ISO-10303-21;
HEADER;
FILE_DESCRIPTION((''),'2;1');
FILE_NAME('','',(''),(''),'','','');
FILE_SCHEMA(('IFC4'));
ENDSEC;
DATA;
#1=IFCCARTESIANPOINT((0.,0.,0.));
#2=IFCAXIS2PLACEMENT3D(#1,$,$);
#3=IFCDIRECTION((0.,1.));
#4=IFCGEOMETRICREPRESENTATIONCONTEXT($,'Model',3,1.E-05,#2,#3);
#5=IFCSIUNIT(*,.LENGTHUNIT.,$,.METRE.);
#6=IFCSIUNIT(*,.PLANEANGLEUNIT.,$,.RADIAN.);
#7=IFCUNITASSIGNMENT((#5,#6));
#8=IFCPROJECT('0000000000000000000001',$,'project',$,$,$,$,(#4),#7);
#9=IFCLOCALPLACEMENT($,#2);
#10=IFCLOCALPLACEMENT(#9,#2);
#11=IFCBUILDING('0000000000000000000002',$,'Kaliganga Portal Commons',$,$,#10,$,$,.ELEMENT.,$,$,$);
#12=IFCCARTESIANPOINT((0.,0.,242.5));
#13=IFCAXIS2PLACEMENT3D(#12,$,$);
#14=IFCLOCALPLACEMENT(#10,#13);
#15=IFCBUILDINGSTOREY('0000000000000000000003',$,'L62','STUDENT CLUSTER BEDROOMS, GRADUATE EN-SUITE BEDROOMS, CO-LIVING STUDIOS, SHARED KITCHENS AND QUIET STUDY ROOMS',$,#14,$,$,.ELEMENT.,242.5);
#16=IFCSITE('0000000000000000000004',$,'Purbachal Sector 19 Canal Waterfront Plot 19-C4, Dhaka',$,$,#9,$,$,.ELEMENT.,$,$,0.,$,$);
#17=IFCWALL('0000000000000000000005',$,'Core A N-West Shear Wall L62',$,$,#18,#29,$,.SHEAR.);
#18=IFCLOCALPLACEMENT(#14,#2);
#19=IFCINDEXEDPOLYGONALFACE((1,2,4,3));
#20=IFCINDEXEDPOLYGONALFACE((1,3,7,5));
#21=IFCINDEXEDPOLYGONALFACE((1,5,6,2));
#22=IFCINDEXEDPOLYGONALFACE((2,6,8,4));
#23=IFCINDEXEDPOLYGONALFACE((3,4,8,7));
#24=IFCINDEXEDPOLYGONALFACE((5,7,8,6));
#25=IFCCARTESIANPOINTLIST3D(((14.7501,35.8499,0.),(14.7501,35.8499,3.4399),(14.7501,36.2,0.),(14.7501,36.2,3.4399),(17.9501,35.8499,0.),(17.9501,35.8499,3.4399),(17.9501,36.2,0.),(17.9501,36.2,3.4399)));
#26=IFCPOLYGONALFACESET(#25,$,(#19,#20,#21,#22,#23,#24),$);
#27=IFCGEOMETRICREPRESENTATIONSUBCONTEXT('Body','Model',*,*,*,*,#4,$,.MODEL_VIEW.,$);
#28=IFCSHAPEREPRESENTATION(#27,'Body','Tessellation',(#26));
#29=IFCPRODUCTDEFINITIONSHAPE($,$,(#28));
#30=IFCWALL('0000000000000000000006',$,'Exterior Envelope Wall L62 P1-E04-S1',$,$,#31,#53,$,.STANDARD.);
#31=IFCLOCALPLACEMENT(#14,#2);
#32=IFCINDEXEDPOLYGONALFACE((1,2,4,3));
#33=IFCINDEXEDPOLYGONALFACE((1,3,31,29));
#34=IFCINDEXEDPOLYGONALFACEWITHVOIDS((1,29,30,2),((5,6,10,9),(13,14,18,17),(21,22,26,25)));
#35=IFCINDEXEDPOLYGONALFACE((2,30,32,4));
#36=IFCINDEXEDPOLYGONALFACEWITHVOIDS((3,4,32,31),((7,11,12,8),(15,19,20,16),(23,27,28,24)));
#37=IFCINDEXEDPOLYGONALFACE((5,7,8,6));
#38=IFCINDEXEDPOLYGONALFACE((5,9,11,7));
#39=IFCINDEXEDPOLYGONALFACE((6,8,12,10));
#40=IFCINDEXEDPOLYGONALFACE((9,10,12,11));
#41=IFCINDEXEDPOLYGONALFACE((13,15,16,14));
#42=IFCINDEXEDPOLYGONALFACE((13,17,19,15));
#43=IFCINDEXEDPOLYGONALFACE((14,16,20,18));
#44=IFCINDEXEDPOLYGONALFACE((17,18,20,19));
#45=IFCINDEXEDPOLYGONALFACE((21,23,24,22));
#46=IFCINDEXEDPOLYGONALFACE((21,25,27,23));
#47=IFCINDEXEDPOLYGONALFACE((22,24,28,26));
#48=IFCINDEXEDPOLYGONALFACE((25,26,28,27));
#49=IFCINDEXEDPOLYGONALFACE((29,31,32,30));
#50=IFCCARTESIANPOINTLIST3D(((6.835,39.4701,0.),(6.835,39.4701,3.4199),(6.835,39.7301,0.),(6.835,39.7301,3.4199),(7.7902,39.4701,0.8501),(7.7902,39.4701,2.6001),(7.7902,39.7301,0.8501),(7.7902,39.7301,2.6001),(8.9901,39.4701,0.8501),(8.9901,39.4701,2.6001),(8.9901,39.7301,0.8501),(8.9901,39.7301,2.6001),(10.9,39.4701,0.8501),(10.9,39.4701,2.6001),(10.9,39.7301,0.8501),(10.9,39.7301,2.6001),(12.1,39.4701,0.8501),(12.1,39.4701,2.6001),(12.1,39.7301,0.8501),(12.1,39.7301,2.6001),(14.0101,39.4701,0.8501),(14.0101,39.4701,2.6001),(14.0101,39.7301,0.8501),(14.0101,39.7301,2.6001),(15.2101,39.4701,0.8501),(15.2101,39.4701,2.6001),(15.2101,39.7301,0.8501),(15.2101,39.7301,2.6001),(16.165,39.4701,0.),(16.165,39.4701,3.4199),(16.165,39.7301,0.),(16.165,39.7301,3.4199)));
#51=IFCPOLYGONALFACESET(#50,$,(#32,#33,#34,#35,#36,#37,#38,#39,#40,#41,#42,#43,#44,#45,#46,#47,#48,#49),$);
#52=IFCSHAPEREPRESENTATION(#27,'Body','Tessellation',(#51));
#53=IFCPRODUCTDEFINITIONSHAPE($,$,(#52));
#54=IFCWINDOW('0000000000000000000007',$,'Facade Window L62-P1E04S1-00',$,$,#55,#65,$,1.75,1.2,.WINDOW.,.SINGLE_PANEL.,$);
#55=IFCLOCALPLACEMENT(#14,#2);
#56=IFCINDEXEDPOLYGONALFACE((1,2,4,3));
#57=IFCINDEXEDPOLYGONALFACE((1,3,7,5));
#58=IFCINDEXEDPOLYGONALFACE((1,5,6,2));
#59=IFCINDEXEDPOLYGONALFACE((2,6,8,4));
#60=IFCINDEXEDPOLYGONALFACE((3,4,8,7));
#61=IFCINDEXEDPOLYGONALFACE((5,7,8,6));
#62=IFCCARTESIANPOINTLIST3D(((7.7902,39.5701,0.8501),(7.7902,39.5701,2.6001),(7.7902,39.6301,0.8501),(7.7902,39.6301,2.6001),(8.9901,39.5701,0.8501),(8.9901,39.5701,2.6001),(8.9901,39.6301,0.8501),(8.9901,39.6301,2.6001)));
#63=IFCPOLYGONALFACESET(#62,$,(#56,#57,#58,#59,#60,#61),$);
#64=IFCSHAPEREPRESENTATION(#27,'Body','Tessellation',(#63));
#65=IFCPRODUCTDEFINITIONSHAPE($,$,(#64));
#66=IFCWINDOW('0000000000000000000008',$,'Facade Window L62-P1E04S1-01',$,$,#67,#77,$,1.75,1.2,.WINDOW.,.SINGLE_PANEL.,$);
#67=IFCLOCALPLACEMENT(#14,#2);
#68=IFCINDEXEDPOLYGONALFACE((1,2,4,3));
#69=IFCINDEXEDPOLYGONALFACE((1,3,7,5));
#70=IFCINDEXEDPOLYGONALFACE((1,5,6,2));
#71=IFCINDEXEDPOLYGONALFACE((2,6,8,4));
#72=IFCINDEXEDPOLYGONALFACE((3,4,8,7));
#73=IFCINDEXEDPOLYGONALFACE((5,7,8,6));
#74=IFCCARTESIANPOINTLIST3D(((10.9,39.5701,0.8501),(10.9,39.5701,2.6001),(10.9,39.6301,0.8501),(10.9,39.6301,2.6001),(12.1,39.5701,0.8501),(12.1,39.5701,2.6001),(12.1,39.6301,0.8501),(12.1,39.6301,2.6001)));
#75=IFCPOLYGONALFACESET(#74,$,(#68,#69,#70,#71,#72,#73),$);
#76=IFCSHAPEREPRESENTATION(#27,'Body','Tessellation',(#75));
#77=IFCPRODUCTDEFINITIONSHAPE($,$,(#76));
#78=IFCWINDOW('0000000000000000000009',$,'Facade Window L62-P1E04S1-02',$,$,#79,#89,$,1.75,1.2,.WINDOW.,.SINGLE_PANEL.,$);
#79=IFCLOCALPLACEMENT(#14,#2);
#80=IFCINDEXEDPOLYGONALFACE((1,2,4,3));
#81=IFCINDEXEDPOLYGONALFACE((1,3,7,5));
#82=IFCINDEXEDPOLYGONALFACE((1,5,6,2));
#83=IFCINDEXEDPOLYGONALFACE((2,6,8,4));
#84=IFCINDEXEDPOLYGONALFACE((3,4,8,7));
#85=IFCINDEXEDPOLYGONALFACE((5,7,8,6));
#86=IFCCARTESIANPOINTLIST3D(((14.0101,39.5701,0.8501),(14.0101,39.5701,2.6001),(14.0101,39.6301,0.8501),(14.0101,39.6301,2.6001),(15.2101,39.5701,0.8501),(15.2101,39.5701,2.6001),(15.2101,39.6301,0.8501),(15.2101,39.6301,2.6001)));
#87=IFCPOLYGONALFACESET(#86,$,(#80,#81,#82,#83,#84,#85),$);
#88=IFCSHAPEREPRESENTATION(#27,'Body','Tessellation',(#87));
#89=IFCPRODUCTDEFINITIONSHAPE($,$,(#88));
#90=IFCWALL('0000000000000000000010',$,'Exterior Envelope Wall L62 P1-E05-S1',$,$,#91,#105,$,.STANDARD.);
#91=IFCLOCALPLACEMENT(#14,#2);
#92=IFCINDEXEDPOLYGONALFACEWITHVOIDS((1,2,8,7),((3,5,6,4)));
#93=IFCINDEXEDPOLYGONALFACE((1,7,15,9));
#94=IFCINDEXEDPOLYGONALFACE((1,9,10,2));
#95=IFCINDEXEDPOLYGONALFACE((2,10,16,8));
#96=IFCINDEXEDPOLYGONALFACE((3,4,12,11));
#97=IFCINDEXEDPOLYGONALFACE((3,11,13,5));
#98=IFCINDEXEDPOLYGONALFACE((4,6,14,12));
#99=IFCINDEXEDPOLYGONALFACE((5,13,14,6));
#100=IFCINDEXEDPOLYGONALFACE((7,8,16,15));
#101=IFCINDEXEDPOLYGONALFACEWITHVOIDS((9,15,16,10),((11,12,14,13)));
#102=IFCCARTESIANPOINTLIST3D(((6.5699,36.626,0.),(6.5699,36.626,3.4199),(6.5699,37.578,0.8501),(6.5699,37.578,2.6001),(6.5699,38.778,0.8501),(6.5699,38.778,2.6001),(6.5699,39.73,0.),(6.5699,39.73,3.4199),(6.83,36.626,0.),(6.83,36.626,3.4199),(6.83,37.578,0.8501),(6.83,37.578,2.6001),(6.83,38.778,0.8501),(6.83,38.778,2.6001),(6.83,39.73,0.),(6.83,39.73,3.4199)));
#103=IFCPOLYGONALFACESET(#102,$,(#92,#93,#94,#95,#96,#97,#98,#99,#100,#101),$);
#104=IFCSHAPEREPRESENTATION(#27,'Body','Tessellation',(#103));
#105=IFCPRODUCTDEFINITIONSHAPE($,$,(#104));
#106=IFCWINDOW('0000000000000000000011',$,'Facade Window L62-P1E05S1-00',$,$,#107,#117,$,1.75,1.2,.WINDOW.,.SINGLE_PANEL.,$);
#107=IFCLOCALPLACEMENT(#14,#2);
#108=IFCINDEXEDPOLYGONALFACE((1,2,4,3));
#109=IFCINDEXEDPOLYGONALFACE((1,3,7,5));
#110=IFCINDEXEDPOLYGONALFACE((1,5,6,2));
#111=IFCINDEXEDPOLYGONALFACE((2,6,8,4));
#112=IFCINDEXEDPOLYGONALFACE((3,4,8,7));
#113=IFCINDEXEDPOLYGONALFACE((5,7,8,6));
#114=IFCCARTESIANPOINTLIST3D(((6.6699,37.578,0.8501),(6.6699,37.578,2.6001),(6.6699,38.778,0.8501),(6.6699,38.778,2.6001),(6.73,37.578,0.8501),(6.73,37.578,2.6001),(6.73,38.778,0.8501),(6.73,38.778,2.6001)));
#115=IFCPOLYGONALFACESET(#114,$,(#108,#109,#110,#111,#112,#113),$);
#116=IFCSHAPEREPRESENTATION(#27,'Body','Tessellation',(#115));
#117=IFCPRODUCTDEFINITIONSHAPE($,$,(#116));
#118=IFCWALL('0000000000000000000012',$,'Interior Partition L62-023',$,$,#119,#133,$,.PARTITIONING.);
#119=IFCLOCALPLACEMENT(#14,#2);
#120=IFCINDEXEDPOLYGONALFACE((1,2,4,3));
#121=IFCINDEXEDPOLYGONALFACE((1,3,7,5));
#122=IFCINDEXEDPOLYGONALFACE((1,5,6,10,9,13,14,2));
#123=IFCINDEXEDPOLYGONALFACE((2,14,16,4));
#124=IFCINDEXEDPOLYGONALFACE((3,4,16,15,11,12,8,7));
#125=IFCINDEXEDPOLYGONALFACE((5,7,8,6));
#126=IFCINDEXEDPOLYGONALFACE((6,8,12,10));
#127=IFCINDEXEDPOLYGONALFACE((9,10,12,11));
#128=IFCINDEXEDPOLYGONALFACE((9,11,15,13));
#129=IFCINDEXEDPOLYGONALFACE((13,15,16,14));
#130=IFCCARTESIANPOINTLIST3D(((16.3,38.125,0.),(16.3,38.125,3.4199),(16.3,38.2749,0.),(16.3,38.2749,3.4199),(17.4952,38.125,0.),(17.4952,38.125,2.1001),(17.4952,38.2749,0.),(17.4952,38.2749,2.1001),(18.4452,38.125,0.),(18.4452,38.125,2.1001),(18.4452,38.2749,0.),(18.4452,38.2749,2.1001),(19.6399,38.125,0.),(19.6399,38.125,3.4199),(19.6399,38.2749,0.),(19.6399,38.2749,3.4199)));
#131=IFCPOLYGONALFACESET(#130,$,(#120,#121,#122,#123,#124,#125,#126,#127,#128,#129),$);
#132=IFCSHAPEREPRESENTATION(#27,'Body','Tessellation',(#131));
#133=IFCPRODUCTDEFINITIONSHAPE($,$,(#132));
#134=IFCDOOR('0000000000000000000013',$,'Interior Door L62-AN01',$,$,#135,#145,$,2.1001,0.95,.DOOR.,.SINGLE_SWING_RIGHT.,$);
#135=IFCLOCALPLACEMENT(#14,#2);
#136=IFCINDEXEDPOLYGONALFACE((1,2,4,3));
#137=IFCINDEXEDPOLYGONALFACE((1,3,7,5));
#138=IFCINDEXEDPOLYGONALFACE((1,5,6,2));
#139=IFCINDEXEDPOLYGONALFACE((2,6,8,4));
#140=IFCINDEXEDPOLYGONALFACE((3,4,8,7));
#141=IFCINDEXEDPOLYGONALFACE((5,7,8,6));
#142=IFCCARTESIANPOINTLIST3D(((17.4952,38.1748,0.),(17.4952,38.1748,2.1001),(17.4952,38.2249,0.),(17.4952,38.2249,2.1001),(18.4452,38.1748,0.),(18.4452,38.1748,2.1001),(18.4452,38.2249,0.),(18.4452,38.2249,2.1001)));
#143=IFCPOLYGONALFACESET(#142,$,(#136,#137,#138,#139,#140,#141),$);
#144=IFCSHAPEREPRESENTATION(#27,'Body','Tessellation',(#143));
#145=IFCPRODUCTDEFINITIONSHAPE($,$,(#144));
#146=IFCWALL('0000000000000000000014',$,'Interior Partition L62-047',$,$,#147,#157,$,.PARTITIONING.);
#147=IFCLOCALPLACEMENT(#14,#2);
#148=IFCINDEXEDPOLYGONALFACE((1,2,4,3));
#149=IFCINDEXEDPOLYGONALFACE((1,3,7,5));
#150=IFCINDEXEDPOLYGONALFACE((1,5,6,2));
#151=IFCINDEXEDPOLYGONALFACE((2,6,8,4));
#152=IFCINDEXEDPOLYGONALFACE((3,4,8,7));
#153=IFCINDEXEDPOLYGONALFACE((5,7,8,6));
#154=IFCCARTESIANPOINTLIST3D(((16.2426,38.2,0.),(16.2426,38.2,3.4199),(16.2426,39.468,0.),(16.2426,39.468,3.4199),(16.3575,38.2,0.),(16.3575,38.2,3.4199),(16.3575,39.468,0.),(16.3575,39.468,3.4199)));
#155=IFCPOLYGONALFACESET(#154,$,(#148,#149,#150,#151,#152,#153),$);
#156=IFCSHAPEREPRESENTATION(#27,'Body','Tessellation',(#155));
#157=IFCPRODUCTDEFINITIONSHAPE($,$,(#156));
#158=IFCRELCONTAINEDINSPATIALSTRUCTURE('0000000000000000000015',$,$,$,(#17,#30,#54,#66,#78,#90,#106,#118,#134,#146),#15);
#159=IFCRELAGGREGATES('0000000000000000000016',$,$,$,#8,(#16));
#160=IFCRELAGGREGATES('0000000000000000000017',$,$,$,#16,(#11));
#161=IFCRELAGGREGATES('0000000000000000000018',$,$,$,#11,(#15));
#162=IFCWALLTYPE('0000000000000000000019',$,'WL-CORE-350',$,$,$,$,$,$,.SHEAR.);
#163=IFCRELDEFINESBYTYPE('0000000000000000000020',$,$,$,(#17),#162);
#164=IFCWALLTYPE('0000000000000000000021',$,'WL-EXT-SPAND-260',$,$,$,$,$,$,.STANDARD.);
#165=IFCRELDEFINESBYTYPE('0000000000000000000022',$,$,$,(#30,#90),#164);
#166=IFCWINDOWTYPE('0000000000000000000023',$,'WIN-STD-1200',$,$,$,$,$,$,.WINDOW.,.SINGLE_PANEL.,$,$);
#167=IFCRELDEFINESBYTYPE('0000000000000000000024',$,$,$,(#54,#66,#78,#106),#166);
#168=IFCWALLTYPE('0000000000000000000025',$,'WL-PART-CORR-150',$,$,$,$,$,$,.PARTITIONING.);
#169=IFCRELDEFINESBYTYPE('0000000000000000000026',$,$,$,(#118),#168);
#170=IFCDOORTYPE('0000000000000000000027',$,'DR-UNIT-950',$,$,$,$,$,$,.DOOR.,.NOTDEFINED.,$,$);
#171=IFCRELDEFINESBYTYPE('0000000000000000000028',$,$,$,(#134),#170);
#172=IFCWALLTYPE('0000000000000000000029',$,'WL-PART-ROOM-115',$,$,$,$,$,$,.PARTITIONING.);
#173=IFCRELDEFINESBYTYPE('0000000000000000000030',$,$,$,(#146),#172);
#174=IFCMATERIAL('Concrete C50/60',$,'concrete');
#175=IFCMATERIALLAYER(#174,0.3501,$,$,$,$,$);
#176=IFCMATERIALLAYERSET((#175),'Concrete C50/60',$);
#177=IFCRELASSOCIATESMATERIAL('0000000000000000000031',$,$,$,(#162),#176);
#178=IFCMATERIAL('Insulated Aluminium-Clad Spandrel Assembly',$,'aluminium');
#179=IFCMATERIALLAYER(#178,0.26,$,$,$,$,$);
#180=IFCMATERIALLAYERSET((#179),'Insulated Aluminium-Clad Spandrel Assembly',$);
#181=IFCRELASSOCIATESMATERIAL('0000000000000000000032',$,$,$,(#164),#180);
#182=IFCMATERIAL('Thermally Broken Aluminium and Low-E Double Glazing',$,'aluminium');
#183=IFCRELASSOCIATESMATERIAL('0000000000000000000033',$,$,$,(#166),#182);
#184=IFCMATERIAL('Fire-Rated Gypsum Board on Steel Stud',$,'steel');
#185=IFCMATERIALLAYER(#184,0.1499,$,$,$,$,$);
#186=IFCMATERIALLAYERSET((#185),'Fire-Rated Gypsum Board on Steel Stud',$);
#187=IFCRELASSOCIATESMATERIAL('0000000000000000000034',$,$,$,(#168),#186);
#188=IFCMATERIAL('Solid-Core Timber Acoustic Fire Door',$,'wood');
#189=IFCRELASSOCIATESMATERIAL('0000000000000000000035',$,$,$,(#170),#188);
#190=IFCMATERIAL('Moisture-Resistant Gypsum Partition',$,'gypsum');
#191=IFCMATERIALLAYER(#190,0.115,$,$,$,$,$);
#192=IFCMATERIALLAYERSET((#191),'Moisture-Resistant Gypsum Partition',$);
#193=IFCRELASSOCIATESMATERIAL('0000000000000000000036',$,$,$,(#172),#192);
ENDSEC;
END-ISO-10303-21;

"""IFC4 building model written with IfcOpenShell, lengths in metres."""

from ifc_helpers import new_model, si_unit, direction, frame, frame_2d, origin, place, context, subcontext, project, spatial, rectangle, extrude, material, layer, layer_set, type_object, element, fill, save


model = new_model("IFC4")

# Units and contexts
model_context = context("Model", 3, precision=1e-05, world=origin(), true_north=direction((0.0, 1.0)))
body_context = subcontext(model_context, "Body", "Model", "MODEL_VIEW")
ifc_project = project(units=[si_unit("LENGTHUNIT", "METRE"), si_unit("PLANEANGLEUNIT", "RADIAN")], contexts=[model_context])

# Site, building, storey
site_placement = place(None, origin())
site = spatial("IfcSite", under=ifc_project, at=site_placement, Name="Purbachal Sector 19 Canal Waterfront Plot 19-C4, Dhaka", CompositionType="ELEMENT", RefElevation=0.0)
building_placement = place(site_placement, origin())
building = spatial("IfcBuilding", under=site, at=building_placement, Name="Kaliganga Portal Commons", CompositionType="ELEMENT")
storey_placement = place(building_placement, frame((0.0, 0.0, 242.5)))
storey = spatial("IfcBuildingStorey", under=building, at=storey_placement, Name="L62", Description="STUDENT CLUSTER BEDROOMS, GRADUATE EN-SUITE BEDROOMS, CO-LIVING STUDIOS, SHARED KITCHENS AND QUIET STUDY ROOMS", CompositionType="ELEMENT", Elevation=242.5)

# Shared definitions
ifc_material_1 = material(Name="Concrete C50/60", Category="concrete")

# Wall
ifc_layer_1 = layer(ifc_material_1, 0.3501)
ifc_layer_set_1 = layer_set([ifc_layer_1], Name="Concrete C50/60")
wall_type_1 = type_object("IfcWallType", Name="WL-CORE-350", PredefinedType="SHEAR", material=ifc_layer_set_1)
wall_1_placement = place(storey_placement, frame((14.75, 36.0249, 0.0), z_axis=(0.0, 0.0, 1.0), x_axis=(1.0, 0.0, 0.0)))
element("IfcWall", 1, at=wall_1_placement, inside=storey, type_object=wall_type_1, Name="Core A N-West Shear Wall L62", PredefinedType="SHEAR", context=body_context, shape_type="SweptSolid", body=[
    extrude(rectangle(XDim=3.2, YDim=0.3501, at=frame_2d((1.6001, 0.0))), origin(), (0.0, 0.0, 1.0), 3.4399),
])

# Wall, openings, windows
ifc_material_2 = material(Name="Insulated Aluminium-Clad Spandrel Assembly", Category="aluminium")
ifc_layer_2 = layer(ifc_material_2, 0.26)
ifc_layer_set_2 = layer_set([ifc_layer_2], Name="Insulated Aluminium-Clad Spandrel Assembly")
wall_type_2 = type_object("IfcWallType", Name="WL-EXT-SPAND-260", PredefinedType="STANDARD", material=ifc_layer_set_2)
wall_2_placement = place(storey_placement, frame((6.835, 39.6001, 0.0), z_axis=(0.0, 0.0, 1.0), x_axis=(1.0, 0.0, 0.0)))
wall_2 = element("IfcWall", 2, at=wall_2_placement, inside=storey, type_object=wall_type_2, Name="Exterior Envelope Wall L62 P1-E04-S1", PredefinedType="STANDARD", context=body_context, shape_type="SweptSolid", body=[
    extrude(rectangle(XDim=9.3301, YDim=0.26, at=frame_2d((4.665, 0.0))), origin(), (0.0, 0.0, 1.0), 3.4199),
])
opening_1_placement = place(wall_2_placement, frame((0.9551, 0.0, 0.8501)))
opening_1 = element("IfcOpeningElement", 3, at=opening_1_placement, cuts=wall_2, PredefinedType="OPENING", context=body_context, shape_type="SweptSolid", body=[
    extrude(rectangle(XDim=1.2, YDim=1.75, at=frame_2d((0.6001, 0.875))), frame((0.0, 0.1401, 0.0), z_axis=(0.0, -1.0, 0.0), x_axis=(1.0, 0.0, 0.0)), (0.0, 0.0, 1.0), 0.28),
])
opening_2_placement = place(wall_2_placement, frame((4.0649, 0.0, 0.8501)))
opening_2 = element("IfcOpeningElement", 4, at=opening_2_placement, cuts=wall_2, PredefinedType="OPENING", context=body_context, shape_type="SweptSolid", body=[
    extrude(rectangle(XDim=1.2, YDim=1.75, at=frame_2d((0.6001, 0.875))), frame((0.0, 0.1401, 0.0), z_axis=(0.0, -1.0, 0.0), x_axis=(1.0, 0.0, 0.0)), (0.0, 0.0, 1.0), 0.28),
])
opening_3_placement = place(wall_2_placement, frame((7.175, 0.0, 0.8501)))
opening_3 = element("IfcOpeningElement", 5, at=opening_3_placement, cuts=wall_2, PredefinedType="OPENING", context=body_context, shape_type="SweptSolid", body=[
    extrude(rectangle(XDim=1.2, YDim=1.75, at=frame_2d((0.6001, 0.875))), frame((0.0, 0.1401, 0.0), z_axis=(0.0, -1.0, 0.0), x_axis=(1.0, 0.0, 0.0)), (0.0, 0.0, 1.0), 0.28),
])
ifc_material_3 = material(Name="Thermally Broken Aluminium and Low-E Double Glazing", Category="aluminium")
window_type = type_object("IfcWindowType", Name="WIN-STD-1200", PartitioningType="SINGLE_PANEL", PredefinedType="WINDOW", material=ifc_material_3)
window_1_placement = place(opening_1_placement, origin())
window_1 = element("IfcWindow", 6, at=window_1_placement, inside=storey, type_object=window_type, Name="Facade Window L62-P1E04S1-00", OverallHeight=1.75, OverallWidth=1.2, PartitioningType="SINGLE_PANEL", PredefinedType="WINDOW", context=body_context, shape_type="SweptSolid", body=[
    extrude(rectangle(XDim=1.2, YDim=1.75, at=frame_2d((0.6001, 0.875))), frame((0.0, 0.03, 0.0), z_axis=(0.0, -1.0, 0.0), x_axis=(1.0, 0.0, 0.0)), (0.0, 0.0, 1.0), 0.0601),
])
fill(opening_1, window_1)
window_2_placement = place(opening_2_placement, origin())
window_2 = element("IfcWindow", 7, at=window_2_placement, inside=storey, type_object=window_type, Name="Facade Window L62-P1E04S1-01", OverallHeight=1.75, OverallWidth=1.2, PartitioningType="SINGLE_PANEL", PredefinedType="WINDOW", context=body_context, shape_type="SweptSolid", body=[
    extrude(rectangle(XDim=1.2, YDim=1.75, at=frame_2d((0.6001, 0.875))), frame((0.0, 0.03, 0.0), z_axis=(0.0, -1.0, 0.0), x_axis=(1.0, 0.0, 0.0)), (0.0, 0.0, 1.0), 0.0601),
])
fill(opening_2, window_2)
window_3_placement = place(opening_3_placement, origin())
window_3 = element("IfcWindow", 8, at=window_3_placement, inside=storey, type_object=window_type, Name="Facade Window L62-P1E04S1-02", OverallHeight=1.75, OverallWidth=1.2, PartitioningType="SINGLE_PANEL", PredefinedType="WINDOW", context=body_context, shape_type="SweptSolid", body=[
    extrude(rectangle(XDim=1.2, YDim=1.75, at=frame_2d((0.6001, 0.875))), frame((0.0, 0.03, 0.0), z_axis=(0.0, -1.0, 0.0), x_axis=(1.0, 0.0, 0.0)), (0.0, 0.0, 1.0), 0.0601),
])
fill(opening_3, window_3)

# Wall, opening, window
wall_3_placement = place(storey_placement, frame((6.7, 36.626, 0.0), z_axis=(0.0, 0.0, 1.0), x_axis=(0.0, 1.0, 0.0)))
wall_3 = element("IfcWall", 9, at=wall_3_placement, inside=storey, type_object=wall_type_2, Name="Exterior Envelope Wall L62 P1-E05-S1", PredefinedType="STANDARD", context=body_context, shape_type="SweptSolid", body=[
    extrude(rectangle(XDim=3.104, YDim=0.26, at=frame_2d((1.552, 0.0))), origin(), (0.0, 0.0, 1.0), 3.4199),
])
opening_4_placement = place(wall_3_placement, frame((0.9519, 0.0, 0.8501)))
opening_4 = element("IfcOpeningElement", 10, at=opening_4_placement, cuts=wall_3, PredefinedType="OPENING", context=body_context, shape_type="SweptSolid", body=[
    extrude(rectangle(XDim=1.2, YDim=1.75, at=frame_2d((0.6001, 0.875))), frame((0.0, 0.1401, 0.0), z_axis=(0.0, -1.0, 0.0), x_axis=(1.0, 0.0, 0.0)), (0.0, 0.0, 1.0), 0.28),
])
window_4_placement = place(opening_4_placement, origin())
window_4 = element("IfcWindow", 11, at=window_4_placement, inside=storey, type_object=window_type, Name="Facade Window L62-P1E05S1-00", OverallHeight=1.75, OverallWidth=1.2, PartitioningType="SINGLE_PANEL", PredefinedType="WINDOW", context=body_context, shape_type="SweptSolid", body=[
    extrude(rectangle(XDim=1.2, YDim=1.75, at=frame_2d((0.6001, 0.875))), frame((0.0, 0.03, 0.0), z_axis=(0.0, -1.0, 0.0), x_axis=(1.0, 0.0, 0.0)), (0.0, 0.0, 1.0), 0.0601),
])
fill(opening_4, window_4)

# Wall, opening, door
ifc_material_4 = material(Name="Fire-Rated Gypsum Board on Steel Stud", Category="steel")
ifc_layer_3 = layer(ifc_material_4, 0.1499)
ifc_layer_set_3 = layer_set([ifc_layer_3], Name="Fire-Rated Gypsum Board on Steel Stud")
wall_type_3 = type_object("IfcWallType", Name="WL-PART-CORR-150", PredefinedType="PARTITIONING", material=ifc_layer_set_3)
wall_4_placement = place(storey_placement, frame((16.3, 38.2, 0.0), z_axis=(0.0, 0.0, 1.0), x_axis=(1.0, 0.0, 0.0)))
wall_4 = element("IfcWall", 12, at=wall_4_placement, inside=storey, type_object=wall_type_3, Name="Interior Partition L62-023", PredefinedType="PARTITIONING", context=body_context, shape_type="SweptSolid", body=[
    extrude(rectangle(XDim=3.3398, YDim=0.1499, at=frame_2d((1.6699, 0.0))), origin(), (0.0, 0.0, 1.0), 3.4199),
])
opening_5_placement = place(wall_4_placement, frame((1.1951, 0.0, 0.0)))
opening_5 = element("IfcOpeningElement", 13, at=opening_5_placement, cuts=wall_4, PredefinedType="OPENING", context=body_context, shape_type="SweptSolid", body=[
    extrude(rectangle(XDim=0.95, YDim=2.1001, at=frame_2d((0.4751, 1.05))), frame((0.0, 0.085, 0.0), z_axis=(0.0, -1.0, 0.0), x_axis=(1.0, 0.0, 0.0)), (0.0, 0.0, 1.0), 0.1699),
])
ifc_material_5 = material(Name="Solid-Core Timber Acoustic Fire Door", Category="wood")
door_type = type_object("IfcDoorType", Name="DR-UNIT-950", OperationType="NOTDEFINED", PredefinedType="DOOR", material=ifc_material_5)
door_placement = place(opening_5_placement, origin())
door = element("IfcDoor", 14, at=door_placement, inside=storey, type_object=door_type, Name="Interior Door L62-AN01", OperationType="SINGLE_SWING_RIGHT", OverallHeight=2.1001, OverallWidth=0.95, PredefinedType="DOOR", context=body_context, shape_type="SweptSolid", body=[
    extrude(rectangle(XDim=0.95, YDim=2.1001, at=frame_2d((0.4751, 1.05))), frame((0.0, 0.0249, 0.0), z_axis=(0.0, -1.0, 0.0), x_axis=(1.0, 0.0, 0.0)), (0.0, 0.0, 1.0), 0.05),
])
fill(opening_5, door)

# Wall
ifc_material_6 = material(Name="Moisture-Resistant Gypsum Partition", Category="gypsum")
ifc_layer_4 = layer(ifc_material_6, 0.115)
ifc_layer_set_4 = layer_set([ifc_layer_4], Name="Moisture-Resistant Gypsum Partition")
wall_type_4 = type_object("IfcWallType", Name="WL-PART-ROOM-115", PredefinedType="PARTITIONING", material=ifc_layer_set_4)
wall_5_placement = place(storey_placement, frame((16.3, 38.2, 0.0), z_axis=(0.0, 0.0, 1.0), x_axis=(0.0, 1.0, 0.0)))
element("IfcWall", 15, at=wall_5_placement, inside=storey, type_object=wall_type_4, Name="Interior Partition L62-047", PredefinedType="PARTITIONING", context=body_context, shape_type="SweptSolid", body=[
    extrude(rectangle(XDim=1.2681, YDim=0.115, at=frame_2d((0.634, 0.0))), origin(), (0.0, 0.0, 1.0), 3.4199),
])

save(model, "model.ifc")
